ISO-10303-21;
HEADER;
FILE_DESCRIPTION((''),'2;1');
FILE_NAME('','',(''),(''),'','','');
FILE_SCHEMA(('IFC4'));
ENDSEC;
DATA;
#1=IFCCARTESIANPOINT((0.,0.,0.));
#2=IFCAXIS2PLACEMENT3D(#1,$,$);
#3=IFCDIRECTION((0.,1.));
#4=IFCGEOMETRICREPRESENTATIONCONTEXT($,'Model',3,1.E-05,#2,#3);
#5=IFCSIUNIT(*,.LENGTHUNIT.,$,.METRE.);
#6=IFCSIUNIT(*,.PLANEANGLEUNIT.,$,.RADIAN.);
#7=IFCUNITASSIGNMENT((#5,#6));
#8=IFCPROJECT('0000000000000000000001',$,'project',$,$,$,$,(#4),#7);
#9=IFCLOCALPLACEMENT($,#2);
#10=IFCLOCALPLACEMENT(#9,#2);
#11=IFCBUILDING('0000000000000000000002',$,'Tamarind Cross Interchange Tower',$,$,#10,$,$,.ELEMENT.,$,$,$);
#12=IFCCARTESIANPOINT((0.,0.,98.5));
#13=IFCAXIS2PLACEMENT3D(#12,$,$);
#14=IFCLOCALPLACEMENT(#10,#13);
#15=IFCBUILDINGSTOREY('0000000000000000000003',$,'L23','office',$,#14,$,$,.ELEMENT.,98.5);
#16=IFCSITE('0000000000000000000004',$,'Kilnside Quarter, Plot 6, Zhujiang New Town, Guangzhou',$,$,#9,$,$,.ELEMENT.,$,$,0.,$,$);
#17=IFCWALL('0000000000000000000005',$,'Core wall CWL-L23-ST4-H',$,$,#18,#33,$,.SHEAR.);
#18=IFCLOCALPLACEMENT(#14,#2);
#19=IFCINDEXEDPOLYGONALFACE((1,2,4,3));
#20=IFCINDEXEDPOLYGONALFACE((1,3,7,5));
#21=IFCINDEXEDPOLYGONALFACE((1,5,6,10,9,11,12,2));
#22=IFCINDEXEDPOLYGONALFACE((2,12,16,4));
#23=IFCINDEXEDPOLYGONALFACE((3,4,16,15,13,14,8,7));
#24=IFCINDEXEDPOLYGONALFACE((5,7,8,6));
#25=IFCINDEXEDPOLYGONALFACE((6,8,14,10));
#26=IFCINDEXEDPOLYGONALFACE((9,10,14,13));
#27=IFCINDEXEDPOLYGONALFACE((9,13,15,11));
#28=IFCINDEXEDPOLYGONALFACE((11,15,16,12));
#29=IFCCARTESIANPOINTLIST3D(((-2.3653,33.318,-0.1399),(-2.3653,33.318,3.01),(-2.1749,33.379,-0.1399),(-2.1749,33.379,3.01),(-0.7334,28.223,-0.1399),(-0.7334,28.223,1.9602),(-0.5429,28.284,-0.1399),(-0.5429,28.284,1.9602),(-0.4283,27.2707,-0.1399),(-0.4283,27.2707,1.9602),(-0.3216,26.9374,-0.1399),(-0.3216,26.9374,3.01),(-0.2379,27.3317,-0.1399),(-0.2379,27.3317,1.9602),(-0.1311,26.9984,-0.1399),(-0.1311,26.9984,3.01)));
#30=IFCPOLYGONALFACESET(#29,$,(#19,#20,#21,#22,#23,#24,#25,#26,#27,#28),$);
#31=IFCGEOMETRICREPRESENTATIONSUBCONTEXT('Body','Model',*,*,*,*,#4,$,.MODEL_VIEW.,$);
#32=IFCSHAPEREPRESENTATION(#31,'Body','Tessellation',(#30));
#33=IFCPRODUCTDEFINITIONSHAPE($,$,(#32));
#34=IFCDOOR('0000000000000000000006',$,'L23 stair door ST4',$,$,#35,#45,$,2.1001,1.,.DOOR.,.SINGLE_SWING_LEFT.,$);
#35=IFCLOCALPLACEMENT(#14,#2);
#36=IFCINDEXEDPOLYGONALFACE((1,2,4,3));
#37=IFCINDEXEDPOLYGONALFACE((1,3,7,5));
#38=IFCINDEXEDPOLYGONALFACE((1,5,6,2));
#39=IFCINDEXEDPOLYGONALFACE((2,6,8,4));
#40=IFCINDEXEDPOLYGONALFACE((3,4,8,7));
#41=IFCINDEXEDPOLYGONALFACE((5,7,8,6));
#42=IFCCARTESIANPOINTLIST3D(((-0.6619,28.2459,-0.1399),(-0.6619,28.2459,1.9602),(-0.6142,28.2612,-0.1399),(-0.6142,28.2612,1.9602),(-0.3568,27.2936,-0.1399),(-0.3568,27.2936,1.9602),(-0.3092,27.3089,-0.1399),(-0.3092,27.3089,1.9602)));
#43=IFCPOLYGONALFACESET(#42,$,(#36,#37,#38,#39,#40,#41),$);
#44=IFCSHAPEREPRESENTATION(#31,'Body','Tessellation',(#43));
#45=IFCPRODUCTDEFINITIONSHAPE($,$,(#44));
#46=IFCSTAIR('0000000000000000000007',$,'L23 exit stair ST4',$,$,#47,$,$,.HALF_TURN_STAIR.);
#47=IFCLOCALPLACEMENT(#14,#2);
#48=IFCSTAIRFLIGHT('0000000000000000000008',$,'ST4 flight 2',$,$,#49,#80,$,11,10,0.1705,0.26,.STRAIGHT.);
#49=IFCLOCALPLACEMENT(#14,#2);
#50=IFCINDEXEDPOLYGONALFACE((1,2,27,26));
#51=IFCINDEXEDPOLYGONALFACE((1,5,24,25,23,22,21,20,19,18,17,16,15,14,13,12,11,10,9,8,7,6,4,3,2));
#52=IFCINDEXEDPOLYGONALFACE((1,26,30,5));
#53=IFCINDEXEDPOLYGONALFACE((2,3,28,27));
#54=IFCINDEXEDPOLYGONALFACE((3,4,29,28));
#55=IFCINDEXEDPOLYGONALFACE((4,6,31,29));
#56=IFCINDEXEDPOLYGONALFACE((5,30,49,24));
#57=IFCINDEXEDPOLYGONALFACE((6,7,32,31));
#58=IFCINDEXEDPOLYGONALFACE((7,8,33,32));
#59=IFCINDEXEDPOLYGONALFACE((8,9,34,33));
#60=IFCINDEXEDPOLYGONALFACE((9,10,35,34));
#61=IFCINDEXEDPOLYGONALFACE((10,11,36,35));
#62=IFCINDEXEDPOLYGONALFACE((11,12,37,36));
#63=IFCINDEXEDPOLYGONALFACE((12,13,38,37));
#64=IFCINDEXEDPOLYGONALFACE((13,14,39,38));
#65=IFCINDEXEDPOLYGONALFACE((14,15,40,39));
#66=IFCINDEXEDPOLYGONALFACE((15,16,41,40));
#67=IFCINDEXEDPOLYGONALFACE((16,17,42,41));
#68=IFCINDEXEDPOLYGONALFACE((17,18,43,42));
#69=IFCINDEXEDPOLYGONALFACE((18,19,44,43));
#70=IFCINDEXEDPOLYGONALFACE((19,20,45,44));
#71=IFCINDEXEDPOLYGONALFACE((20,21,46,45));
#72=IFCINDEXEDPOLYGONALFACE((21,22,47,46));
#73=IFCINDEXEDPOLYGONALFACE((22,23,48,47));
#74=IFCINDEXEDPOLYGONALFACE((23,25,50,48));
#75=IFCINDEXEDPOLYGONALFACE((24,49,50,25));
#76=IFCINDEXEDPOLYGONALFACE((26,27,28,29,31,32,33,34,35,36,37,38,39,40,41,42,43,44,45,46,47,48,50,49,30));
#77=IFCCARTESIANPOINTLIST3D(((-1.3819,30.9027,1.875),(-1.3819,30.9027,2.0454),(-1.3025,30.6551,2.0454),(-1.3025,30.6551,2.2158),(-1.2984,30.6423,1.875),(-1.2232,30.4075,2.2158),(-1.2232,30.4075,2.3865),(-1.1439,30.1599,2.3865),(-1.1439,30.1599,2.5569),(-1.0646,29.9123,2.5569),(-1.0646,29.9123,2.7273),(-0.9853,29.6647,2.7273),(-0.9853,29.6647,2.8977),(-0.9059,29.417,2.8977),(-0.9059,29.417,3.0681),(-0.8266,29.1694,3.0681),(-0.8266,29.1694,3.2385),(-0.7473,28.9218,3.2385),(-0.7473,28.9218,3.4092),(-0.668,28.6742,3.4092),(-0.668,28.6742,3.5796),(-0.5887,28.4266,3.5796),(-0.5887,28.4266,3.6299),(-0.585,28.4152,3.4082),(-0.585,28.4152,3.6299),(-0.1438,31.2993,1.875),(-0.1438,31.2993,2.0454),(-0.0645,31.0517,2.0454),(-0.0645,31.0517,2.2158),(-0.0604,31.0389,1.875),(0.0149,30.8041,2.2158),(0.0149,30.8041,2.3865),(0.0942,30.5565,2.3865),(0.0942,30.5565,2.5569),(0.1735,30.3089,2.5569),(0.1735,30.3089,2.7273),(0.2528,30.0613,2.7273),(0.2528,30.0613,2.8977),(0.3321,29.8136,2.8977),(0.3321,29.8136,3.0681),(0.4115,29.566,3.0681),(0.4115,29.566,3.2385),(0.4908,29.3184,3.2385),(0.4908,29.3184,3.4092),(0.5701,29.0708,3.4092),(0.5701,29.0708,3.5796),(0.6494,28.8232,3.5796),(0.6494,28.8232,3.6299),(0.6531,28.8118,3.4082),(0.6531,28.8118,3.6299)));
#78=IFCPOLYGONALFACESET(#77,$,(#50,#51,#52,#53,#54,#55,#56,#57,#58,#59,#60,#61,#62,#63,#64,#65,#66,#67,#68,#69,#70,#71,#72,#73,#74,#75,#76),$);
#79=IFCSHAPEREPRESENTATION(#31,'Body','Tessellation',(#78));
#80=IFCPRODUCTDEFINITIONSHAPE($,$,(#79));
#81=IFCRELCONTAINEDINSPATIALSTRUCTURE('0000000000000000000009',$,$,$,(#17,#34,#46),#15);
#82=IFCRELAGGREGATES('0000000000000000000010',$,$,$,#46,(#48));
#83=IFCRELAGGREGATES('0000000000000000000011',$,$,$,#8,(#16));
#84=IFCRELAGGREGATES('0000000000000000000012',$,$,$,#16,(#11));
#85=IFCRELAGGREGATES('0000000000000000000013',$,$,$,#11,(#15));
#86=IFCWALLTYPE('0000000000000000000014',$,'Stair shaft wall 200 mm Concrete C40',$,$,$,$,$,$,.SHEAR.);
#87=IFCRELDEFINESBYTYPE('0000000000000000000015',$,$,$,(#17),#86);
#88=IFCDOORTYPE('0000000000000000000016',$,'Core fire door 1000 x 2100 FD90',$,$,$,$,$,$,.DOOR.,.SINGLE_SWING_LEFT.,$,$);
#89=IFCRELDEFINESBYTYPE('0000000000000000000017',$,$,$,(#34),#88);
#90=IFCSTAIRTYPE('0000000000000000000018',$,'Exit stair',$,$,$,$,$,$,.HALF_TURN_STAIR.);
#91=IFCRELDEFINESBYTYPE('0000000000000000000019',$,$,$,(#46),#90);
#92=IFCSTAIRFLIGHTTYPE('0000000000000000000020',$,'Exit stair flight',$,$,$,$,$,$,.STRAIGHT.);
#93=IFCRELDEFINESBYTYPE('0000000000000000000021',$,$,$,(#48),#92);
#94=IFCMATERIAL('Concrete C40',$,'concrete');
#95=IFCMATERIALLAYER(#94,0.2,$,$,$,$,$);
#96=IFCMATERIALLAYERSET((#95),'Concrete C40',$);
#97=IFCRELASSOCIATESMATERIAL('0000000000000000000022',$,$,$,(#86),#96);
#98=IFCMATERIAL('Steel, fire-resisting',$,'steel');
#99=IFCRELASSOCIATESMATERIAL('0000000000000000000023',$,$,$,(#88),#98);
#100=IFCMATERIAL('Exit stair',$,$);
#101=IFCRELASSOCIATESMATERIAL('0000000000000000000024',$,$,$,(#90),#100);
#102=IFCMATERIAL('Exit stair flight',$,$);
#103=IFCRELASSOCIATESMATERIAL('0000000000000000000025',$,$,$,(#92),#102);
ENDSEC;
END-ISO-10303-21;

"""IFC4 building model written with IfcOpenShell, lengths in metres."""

from ifc_helpers import new_model, si_unit, direction, frame, frame_2d, origin, place, context, subcontext, project, spatial, polyline, rectangle, outline, extrude, material, layer, layer_set, type_object, element, fill, aggregate, save


model = new_model("IFC4")

# Units and contexts
model_context = context("Model", 3, precision=1e-05, world=origin(), true_north=direction((0.0, 1.0)))
body_context = subcontext(model_context, "Body", "Model", "MODEL_VIEW")
ifc_project = project(units=[si_unit("LENGTHUNIT", "METRE"), si_unit("PLANEANGLEUNIT", "RADIAN")], contexts=[model_context])

# Site, building, storey
site_placement = place(None, origin())
site = spatial("IfcSite", under=ifc_project, at=site_placement, Name="Kilnside Quarter, Plot 6, Zhujiang New Town, Guangzhou", CompositionType="ELEMENT", RefElevation=0.0)
building_placement = place(site_placement, origin())
building = spatial("IfcBuilding", under=site, at=building_placement, Name="Tamarind Cross Interchange Tower", CompositionType="ELEMENT")
storey_placement = place(building_placement, frame((0.0, 0.0, 98.5)))
storey = spatial("IfcBuildingStorey", under=building, at=storey_placement, Name="L23", Description="office", CompositionType="ELEMENT", Elevation=98.5)

# Wall, opening, door
ifc_material_1 = material(Name="Concrete C40", Category="concrete")
ifc_layer_1 = layer(ifc_material_1, 0.2)
ifc_layer_set_1 = layer_set([ifc_layer_1], Name="Concrete C40")
wall_type_1 = type_object("IfcWallType", Name="Stair shaft wall 200 mm Concrete C40", PredefinedType="SHEAR", material=ifc_layer_set_1)
wall_1_placement = place(storey_placement, frame((-0.2263, 26.9678, -0.1399), z_axis=(0.0, 0.0, 1.0), x_axis=(-0.305034, 0.952342, 0.0)))
wall_1 = element("IfcWall", 1, at=wall_1_placement, inside=storey, type_object=wall_type_1, Name="Core wall CWL-L23-ST4-H", PredefinedType="SHEAR", context=body_context, shape_type="SweptSolid", body=[
    extrude(rectangle(XDim=6.7, YDim=0.2, at=frame_2d((3.3501, 0.0))), origin(), (0.0, 0.0, 1.0), 3.1499),
])
opening_1_placement = place(wall_1_placement, frame((0.3501, 0.0, 0.0)))
opening_1 = element("IfcOpeningElement", 2, at=opening_1_placement, cuts=wall_1, PredefinedType="OPENING", context=body_context, shape_type="SweptSolid", body=[
    extrude(rectangle(XDim=1.0, YDim=2.1001, at=frame_2d((0.5, 1.05))), frame((0.0, 0.1099, 0.0), z_axis=(0.0, -1.0, 0.0), x_axis=(1.0, 0.0, 0.0)), (0.0, 0.0, 1.0), 0.22),
])
ifc_material_2 = material(Name="Steel, fire-resisting", Category="steel")
door_type_1 = type_object("IfcDoorType", Name="Core fire door 1000 x 2100 FD90", OperationType="SINGLE_SWING_LEFT", PredefinedType="DOOR", material=ifc_material_2)
door_1_placement = place(opening_1_placement, origin())
door_1 = element("IfcDoor", 3, at=door_1_placement, inside=storey, type_object=door_type_1, Name="L23 stair door ST4", OperationType="SINGLE_SWING_LEFT", OverallHeight=2.1001, OverallWidth=1.0, PredefinedType="DOOR", context=body_context, shape_type="SweptSolid", body=[
    extrude(rectangle(XDim=1.0, YDim=2.1001, at=frame_2d((0.5, 1.05))), frame((0.0, 0.0249, 0.0), z_axis=(0.0, -1.0, 0.0), x_axis=(1.0, 0.0, 0.0)), (0.0, 0.0, 1.0), 0.05),
])
fill(opening_1, door_1)

# Stair, stair flight
ifc_material_3 = material(Name="Exit stair")
stair_type = type_object("IfcStairType", Name="Exit stair", PredefinedType="HALF_TURN_STAIR", material=ifc_material_3)
stair_placement = place(storey_placement, origin())
stair = element("IfcStair", 4, at=stair_placement, inside=storey, type_object=stair_type, Name="L23 exit stair ST4", PredefinedType="HALF_TURN_STAIR")
ifc_material_4 = material(Name="Exit stair flight")
stair_flight_type = type_object("IfcStairFlightType", Name="Exit stair flight", PredefinedType="STRAIGHT", material=ifc_material_4)
stair_flight_placement = place(storey_placement, frame((-0.7627, 31.1011, 1.875), z_axis=(0.0, 0.0, 1.0), x_axis=(0.305057, -0.952334, 0.0)))
stair_flight = element("IfcStairFlight", 5, at=stair_flight_placement, type_object=stair_flight_type, Name="ST4 flight 2", NumberOfRisers=11, NumberOfTreads=10, PredefinedType="STRAIGHT", RiserHeight=0.1705, TreadLength=0.26, context=body_context, shape_type="SweptSolid", body=[
    extrude(outline(polyline([(0.0, 0.0), (0.0, 0.1704), (0.26, 0.1704), (0.26, 0.3408), (0.52, 0.3408), (0.52, 0.5115), (0.78, 0.5115), (0.78, 0.6819), (1.04, 0.6819), (1.04, 0.8523), (1.3, 0.8523), (1.3, 1.0227), (1.5601, 1.0227), (1.5601, 1.1931), (1.8201, 1.1931), (1.8201, 1.3635), (2.0801, 1.3635), (2.0801, 1.5342), (2.3401, 1.5342), (2.3401, 1.7046), (2.6001, 1.7046), (2.6001, 1.7549), (2.6121, 1.7549), (2.6121, 1.5332), (0.2734, 0.0), (0.0, 0.0)])), frame((0.0, 0.6499, 0.0), z_axis=(0.0, -1.0, 0.0), x_axis=(1.0, 0.0, 0.0)), (0.0, 0.0, 1.0), 1.3),
])
aggregate(stair, [stair_flight])

save(model, "model.ifc")
